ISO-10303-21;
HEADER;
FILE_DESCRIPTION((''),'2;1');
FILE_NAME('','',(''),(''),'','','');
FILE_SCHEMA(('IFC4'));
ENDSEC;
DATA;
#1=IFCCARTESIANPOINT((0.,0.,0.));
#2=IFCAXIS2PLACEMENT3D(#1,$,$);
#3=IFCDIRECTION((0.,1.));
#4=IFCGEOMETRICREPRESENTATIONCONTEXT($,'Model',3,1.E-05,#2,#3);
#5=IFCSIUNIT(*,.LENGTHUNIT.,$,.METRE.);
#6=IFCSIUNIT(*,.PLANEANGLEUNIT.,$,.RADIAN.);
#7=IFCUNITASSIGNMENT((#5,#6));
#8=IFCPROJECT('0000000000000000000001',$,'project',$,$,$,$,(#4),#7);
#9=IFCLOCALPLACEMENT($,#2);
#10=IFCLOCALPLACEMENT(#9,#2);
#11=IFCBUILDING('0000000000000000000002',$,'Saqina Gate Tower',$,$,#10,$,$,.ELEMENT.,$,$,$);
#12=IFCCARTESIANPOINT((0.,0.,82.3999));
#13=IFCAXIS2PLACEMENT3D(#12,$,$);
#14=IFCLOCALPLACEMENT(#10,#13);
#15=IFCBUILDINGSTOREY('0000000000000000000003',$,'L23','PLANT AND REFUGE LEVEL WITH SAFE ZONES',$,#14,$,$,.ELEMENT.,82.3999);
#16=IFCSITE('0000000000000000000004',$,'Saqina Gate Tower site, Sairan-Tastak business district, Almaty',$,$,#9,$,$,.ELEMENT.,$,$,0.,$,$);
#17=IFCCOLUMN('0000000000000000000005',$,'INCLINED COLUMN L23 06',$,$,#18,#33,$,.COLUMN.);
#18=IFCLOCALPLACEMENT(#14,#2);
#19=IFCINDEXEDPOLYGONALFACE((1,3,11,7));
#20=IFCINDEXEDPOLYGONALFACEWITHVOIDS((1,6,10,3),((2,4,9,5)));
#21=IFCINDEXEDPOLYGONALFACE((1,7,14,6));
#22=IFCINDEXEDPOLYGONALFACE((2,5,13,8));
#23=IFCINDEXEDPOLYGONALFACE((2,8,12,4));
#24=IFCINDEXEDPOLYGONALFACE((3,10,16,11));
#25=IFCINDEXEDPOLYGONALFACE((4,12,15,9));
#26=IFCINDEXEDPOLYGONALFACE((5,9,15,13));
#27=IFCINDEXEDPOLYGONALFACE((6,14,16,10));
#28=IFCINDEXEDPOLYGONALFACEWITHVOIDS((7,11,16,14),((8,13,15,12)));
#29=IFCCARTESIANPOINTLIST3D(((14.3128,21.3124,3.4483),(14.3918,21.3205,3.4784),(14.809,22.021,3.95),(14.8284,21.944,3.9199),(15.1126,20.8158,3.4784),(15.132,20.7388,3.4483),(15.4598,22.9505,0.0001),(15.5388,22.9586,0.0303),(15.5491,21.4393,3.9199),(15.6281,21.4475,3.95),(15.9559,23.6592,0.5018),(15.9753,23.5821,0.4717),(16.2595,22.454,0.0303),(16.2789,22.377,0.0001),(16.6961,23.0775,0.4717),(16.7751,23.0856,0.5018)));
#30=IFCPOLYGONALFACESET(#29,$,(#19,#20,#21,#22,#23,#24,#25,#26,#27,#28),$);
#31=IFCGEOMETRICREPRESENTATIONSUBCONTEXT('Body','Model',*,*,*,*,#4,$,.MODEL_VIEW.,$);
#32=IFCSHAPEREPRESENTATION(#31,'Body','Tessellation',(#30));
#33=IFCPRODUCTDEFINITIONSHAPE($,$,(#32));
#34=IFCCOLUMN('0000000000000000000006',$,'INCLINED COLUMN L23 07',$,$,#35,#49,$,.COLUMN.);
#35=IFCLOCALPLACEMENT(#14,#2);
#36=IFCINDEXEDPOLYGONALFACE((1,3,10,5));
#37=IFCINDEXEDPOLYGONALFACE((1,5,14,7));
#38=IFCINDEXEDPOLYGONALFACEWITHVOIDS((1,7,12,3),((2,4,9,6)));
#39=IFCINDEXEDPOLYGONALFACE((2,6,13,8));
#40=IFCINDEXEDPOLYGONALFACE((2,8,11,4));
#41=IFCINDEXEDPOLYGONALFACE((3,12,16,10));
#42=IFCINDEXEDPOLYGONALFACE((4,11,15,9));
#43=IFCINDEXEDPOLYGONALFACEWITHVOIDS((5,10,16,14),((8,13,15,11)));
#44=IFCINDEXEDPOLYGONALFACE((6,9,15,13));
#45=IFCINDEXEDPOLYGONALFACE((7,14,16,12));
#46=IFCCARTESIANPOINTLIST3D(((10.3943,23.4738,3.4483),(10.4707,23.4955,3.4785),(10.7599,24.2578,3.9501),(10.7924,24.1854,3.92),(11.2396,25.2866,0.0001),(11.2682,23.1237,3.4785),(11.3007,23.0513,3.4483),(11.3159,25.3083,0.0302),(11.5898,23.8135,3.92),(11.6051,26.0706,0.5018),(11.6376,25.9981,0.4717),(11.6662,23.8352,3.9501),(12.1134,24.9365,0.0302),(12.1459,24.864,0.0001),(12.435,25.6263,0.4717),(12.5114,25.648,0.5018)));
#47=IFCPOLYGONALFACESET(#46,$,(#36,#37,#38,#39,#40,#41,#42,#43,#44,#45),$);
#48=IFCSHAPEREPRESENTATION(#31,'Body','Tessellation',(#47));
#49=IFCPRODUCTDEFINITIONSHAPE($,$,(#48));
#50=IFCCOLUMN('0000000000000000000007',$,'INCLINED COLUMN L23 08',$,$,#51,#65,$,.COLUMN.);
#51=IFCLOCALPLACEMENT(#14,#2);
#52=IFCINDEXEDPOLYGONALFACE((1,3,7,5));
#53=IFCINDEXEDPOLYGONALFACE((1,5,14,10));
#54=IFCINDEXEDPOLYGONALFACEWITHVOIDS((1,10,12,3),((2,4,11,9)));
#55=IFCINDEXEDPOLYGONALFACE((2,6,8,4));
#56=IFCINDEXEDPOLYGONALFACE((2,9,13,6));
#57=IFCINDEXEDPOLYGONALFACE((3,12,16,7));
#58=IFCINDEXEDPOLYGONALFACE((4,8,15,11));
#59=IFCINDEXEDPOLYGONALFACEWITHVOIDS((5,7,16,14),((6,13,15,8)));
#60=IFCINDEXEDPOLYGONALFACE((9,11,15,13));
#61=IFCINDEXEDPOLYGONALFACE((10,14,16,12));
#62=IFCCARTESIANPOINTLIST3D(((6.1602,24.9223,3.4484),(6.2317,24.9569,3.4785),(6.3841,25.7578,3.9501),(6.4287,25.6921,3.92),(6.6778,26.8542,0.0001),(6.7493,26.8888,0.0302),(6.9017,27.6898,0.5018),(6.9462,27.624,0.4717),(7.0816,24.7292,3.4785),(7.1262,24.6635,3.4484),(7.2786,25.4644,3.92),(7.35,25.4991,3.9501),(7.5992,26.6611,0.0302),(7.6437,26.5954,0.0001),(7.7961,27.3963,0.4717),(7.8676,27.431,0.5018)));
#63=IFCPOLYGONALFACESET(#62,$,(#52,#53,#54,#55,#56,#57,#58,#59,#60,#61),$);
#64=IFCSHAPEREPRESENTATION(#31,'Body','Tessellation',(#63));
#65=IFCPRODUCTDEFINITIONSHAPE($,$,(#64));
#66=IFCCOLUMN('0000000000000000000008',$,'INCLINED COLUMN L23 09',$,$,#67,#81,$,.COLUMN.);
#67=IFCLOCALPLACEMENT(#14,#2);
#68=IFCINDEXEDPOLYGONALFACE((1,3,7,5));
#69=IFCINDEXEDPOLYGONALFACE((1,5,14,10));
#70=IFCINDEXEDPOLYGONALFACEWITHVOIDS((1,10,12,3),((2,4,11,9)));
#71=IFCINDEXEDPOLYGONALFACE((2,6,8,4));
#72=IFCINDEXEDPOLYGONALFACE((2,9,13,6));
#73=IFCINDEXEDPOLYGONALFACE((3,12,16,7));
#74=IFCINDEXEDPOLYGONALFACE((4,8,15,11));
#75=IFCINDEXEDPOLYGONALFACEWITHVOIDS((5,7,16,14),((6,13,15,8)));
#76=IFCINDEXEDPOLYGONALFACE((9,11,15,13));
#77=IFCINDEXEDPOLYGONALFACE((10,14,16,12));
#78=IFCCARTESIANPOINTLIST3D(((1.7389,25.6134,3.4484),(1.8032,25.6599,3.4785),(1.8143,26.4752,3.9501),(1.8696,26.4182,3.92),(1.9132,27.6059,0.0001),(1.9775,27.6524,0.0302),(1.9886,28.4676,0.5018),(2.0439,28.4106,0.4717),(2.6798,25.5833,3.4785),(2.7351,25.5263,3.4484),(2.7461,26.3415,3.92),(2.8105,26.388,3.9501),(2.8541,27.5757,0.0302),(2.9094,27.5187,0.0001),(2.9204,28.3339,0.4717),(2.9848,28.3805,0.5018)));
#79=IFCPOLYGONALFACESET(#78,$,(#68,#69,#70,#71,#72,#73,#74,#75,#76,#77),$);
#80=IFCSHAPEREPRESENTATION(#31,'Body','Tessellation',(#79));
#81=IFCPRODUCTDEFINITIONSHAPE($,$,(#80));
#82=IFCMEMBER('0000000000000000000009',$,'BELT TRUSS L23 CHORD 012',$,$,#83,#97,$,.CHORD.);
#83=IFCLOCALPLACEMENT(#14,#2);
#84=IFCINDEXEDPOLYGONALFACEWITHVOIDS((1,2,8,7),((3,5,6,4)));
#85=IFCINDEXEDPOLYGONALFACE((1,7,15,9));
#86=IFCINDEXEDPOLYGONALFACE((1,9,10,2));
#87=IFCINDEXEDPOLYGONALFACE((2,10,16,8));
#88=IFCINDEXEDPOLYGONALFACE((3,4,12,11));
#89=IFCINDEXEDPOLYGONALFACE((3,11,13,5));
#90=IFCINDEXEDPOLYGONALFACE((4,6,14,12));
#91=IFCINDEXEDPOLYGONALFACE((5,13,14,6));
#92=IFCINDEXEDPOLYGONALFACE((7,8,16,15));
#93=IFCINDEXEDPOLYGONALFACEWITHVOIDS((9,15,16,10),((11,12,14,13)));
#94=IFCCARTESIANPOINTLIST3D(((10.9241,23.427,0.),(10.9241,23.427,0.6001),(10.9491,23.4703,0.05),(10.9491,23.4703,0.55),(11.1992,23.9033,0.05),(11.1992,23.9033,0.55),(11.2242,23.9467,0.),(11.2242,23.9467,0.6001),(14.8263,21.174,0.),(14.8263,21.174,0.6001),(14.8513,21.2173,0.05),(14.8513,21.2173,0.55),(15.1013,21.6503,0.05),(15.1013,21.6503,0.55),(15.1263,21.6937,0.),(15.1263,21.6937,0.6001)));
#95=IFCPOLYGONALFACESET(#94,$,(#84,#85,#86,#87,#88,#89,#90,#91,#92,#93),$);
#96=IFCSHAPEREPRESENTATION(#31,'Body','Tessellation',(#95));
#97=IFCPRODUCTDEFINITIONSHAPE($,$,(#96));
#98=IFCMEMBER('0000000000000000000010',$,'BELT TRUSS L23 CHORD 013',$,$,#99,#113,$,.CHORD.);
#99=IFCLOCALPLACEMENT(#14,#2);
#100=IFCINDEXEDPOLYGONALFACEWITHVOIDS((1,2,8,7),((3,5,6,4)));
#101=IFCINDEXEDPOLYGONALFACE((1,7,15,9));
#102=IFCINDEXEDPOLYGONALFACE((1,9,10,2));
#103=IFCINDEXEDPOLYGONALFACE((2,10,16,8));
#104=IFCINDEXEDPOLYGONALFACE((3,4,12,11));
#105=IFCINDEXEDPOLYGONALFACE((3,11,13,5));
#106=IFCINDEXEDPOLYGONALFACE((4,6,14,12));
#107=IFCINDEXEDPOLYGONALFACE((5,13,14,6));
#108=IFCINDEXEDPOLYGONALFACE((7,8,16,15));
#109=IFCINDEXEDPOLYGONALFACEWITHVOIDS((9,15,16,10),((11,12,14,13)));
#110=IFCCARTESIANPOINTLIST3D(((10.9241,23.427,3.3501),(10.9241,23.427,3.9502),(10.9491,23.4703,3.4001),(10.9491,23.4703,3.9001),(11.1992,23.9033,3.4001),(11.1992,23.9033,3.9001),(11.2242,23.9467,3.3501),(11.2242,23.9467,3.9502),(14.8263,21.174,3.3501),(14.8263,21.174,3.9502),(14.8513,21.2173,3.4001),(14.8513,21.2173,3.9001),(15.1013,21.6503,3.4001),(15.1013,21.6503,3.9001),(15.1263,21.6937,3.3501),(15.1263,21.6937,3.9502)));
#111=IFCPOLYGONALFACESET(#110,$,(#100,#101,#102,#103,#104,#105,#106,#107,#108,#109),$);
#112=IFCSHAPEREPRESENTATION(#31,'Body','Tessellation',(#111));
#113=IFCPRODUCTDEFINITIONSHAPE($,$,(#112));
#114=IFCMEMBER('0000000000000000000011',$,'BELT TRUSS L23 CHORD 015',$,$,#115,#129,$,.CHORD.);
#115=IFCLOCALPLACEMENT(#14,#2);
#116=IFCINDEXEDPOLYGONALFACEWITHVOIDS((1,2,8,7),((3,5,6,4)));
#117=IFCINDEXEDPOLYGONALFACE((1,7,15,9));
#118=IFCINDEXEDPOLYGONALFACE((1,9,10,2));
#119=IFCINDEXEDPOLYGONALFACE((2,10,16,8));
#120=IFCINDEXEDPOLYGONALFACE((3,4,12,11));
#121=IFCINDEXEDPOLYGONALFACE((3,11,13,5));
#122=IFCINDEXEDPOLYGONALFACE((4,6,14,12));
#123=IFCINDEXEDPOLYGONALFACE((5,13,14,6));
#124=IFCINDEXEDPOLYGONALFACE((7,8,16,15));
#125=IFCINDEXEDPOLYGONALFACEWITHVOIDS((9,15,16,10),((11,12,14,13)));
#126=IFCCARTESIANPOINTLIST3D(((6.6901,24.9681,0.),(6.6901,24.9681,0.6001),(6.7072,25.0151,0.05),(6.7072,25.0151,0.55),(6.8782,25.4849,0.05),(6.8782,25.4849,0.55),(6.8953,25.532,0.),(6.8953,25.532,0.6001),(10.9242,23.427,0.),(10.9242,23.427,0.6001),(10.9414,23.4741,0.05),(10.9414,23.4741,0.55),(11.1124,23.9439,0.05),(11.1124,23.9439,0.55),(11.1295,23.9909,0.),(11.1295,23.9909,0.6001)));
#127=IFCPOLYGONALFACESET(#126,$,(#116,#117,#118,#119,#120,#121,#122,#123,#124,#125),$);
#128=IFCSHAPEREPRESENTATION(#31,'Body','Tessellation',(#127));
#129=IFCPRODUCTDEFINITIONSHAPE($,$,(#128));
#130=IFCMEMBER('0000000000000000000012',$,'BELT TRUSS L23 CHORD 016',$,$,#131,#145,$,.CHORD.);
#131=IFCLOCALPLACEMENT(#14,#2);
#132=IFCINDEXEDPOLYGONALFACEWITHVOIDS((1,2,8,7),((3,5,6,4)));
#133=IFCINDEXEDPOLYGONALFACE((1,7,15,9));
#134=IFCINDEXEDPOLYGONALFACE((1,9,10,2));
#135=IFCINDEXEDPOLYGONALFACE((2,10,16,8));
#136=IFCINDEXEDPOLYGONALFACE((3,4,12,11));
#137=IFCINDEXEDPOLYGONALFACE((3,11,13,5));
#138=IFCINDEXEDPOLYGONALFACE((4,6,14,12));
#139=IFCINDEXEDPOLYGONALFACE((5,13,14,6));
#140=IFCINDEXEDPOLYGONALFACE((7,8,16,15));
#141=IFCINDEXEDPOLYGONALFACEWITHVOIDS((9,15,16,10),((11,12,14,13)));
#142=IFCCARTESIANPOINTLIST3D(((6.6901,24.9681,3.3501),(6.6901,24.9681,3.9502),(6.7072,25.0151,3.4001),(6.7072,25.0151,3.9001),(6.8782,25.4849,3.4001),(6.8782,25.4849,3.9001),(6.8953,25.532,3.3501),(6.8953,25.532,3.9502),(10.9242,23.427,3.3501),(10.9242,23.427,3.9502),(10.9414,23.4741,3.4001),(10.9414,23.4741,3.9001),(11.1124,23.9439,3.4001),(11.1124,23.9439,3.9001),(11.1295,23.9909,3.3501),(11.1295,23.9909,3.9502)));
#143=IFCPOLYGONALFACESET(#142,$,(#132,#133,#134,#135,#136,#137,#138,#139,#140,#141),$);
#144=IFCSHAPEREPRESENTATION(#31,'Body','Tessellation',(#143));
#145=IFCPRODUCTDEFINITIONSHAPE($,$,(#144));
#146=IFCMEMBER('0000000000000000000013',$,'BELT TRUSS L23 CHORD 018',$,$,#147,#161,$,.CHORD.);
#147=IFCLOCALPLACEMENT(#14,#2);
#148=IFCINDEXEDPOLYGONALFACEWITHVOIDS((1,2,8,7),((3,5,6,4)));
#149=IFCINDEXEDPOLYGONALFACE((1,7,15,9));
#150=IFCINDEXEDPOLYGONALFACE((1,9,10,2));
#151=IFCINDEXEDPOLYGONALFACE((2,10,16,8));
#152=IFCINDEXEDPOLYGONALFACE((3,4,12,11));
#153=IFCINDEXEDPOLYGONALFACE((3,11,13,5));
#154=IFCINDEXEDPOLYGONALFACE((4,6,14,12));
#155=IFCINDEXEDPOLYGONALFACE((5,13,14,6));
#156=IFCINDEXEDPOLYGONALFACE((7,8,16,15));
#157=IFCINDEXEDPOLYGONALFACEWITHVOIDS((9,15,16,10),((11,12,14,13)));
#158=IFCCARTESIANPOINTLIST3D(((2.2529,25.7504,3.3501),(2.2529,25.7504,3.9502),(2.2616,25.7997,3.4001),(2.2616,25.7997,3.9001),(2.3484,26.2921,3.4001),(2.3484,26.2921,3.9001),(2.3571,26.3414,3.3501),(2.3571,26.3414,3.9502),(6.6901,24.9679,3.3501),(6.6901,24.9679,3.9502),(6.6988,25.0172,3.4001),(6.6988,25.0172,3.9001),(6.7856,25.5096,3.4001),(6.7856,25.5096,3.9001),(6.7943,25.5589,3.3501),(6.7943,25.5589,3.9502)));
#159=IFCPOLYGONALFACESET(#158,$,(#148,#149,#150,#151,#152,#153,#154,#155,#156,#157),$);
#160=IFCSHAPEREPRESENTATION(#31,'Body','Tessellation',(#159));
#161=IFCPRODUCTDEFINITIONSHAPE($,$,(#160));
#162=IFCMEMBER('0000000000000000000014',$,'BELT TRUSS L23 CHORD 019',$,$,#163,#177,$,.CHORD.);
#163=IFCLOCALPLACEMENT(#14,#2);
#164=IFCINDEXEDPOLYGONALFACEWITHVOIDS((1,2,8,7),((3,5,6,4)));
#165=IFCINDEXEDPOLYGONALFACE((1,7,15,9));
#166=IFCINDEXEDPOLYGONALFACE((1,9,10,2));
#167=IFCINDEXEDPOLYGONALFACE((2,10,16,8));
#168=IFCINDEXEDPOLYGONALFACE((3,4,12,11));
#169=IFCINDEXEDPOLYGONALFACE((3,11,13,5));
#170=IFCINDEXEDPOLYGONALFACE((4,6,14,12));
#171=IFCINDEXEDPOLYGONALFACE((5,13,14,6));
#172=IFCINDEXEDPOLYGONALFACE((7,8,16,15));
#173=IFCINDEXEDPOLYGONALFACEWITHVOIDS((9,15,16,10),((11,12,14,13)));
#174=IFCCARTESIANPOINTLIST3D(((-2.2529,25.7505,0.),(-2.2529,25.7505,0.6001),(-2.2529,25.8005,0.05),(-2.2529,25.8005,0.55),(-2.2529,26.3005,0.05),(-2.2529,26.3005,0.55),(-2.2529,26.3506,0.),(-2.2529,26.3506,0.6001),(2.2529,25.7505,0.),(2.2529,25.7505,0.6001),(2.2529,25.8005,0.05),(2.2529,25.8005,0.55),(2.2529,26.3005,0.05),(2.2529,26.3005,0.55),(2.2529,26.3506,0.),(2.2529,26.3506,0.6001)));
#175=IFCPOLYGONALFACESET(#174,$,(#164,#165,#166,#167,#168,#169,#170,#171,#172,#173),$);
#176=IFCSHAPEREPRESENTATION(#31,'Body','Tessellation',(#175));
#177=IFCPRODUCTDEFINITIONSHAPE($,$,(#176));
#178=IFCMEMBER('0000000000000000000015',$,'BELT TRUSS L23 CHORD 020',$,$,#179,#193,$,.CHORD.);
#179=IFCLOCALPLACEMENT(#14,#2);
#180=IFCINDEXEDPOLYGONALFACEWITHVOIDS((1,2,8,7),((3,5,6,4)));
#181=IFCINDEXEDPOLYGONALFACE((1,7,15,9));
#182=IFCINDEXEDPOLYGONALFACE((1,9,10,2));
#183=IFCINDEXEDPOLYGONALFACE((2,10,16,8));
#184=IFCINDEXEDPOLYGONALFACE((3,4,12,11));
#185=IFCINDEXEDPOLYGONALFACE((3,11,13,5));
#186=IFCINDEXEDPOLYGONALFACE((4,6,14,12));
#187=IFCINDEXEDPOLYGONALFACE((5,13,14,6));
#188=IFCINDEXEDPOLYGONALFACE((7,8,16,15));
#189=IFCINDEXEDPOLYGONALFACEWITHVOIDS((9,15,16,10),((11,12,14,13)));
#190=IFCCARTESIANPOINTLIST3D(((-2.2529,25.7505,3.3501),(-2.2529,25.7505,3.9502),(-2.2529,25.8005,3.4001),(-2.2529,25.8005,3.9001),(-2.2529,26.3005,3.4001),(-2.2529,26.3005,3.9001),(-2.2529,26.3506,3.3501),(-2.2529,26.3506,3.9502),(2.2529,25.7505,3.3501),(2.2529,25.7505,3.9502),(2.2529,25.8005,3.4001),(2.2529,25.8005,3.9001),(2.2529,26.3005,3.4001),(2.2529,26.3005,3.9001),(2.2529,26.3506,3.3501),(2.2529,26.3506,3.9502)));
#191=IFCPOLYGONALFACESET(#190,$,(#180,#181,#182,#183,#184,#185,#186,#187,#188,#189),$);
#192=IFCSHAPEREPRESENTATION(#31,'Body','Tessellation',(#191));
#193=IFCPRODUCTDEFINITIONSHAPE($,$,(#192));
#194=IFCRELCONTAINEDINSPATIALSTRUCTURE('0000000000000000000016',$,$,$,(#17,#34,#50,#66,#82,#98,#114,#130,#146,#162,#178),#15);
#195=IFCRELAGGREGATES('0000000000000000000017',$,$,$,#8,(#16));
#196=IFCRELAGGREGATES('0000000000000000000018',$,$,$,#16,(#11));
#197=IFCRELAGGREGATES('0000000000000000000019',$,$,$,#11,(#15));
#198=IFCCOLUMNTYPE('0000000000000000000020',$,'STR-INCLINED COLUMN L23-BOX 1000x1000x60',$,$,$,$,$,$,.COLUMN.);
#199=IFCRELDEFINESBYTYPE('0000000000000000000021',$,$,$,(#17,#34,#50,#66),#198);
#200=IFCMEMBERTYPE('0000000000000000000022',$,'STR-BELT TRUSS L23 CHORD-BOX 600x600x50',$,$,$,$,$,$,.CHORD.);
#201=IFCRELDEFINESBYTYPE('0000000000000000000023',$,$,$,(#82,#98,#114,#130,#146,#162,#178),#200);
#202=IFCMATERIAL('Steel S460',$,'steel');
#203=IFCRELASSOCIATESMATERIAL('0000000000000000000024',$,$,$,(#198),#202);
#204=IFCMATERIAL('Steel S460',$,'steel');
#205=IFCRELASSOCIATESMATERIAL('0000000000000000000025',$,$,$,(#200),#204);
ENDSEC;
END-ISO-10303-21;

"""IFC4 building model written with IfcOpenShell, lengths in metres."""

from ifc_helpers import new_model, si_unit, direction, frame, origin, origin_2d, place, context, subcontext, project, spatial, hollow_rectangle, extrude, material, material_profile, profile_set, type_object, element, save


model = new_model("IFC4")

# Units and contexts
model_context = context("Model", 3, precision=1e-05, world=origin(), true_north=direction((0.0, 1.0)))
body_context = subcontext(model_context, "Body", "Model", "MODEL_VIEW")
ifc_project = project(units=[si_unit("LENGTHUNIT", "METRE"), si_unit("PLANEANGLEUNIT", "RADIAN")], contexts=[model_context])

# Site, building, storey
site_placement = place(None, origin())
site = spatial("IfcSite", under=ifc_project, at=site_placement, Name="Saqina Gate Tower site, Sairan-Tastak business district, Almaty", CompositionType="ELEMENT", RefElevation=0.0)
building_placement = place(site_placement, origin())
building = spatial("IfcBuilding", under=site, at=building_placement, Name="Saqina Gate Tower", CompositionType="ELEMENT")
storey_placement = place(building_placement, frame((0.0, 0.0, 82.3999)))
storey = spatial("IfcBuildingStorey", under=building, at=storey_placement, Name="L23", Description="PLANT AND REFUGE LEVEL WITH SAFE ZONES", CompositionType="ELEMENT", Elevation=82.3999)

# Columns
ifc_material_1 = material(Name="Steel S460", Category="steel")
ifc_material_profile_1 = material_profile(ifc_material_1, hollow_rectangle(XDim=1.0, YDim=1.0, WallThickness=0.0601, at=origin_2d()), Name="BOX 1000x1000x60")
ifc_profile_set_1 = profile_set([ifc_material_profile_1], Name="Steel S460")
column_type = type_object("IfcColumnType", Name="STR-INCLINED COLUMN L23-BOX 1000x1000x60", PredefinedType="COLUMN", material=ifc_profile_set_1)
column_placement = place(storey_placement, frame((16.1174, 23.0181, 0.251), z_axis=(-0.287738, -0.410967, 0.865051), x_axis=(0.819175, -0.573544, 0.0)))
element("IfcColumn", 1, at=column_placement, inside=storey, type_object=column_type, Name="INCLINED COLUMN L23 06", PredefinedType="COLUMN", context=body_context, shape_type="SweptSolid", body=[
    extrude(hollow_rectangle(XDim=1.0, YDim=1.0, WallThickness=0.0601, at=origin_2d()), origin(), (0.0, 0.0, 1.0), 3.9861),
])
for number, where, z_axis, x_axis, name in (
    (2, (11.8755, 25.4673, 0.251), (-0.212028, -0.45474, 0.865017), (0.906323, -0.422585, 0.0), "INCLINED COLUMN L23 07"),
    (3, (7.2727, 27.1426, 0.251), (-0.12984, -0.484633, 0.865027), (0.965934, -0.258787, 0.0), "INCLINED COLUMN L23 08"),
    (4, (2.449, 27.9932, 0.251), (-0.043729, -0.49982, 0.865024), (0.996195, -0.087156, 0.0), "INCLINED COLUMN L23 09"),
):
    element("IfcColumn", number, at=place(storey_placement, frame(where, z_axis=z_axis, x_axis=x_axis)), inside=storey, type_object=column_type, Name=name, PredefinedType="COLUMN", context=body_context, shape_type="SweptSolid", body=[
        extrude(hollow_rectangle(XDim=1.0, YDim=1.0, WallThickness=0.0601, at=origin_2d()), origin(), (0.0, 0.0, 1.0), 3.9863),
    ])

# Members
ifc_material_2 = material(Name="Steel S460", Category="steel")
ifc_material_profile_2 = material_profile(ifc_material_2, hollow_rectangle(XDim=0.6001, YDim=0.6001, WallThickness=0.05, at=origin_2d()), Name="BOX 600x600x50")
ifc_profile_set_2 = profile_set([ifc_material_profile_2], Name="Steel S460")
member_type_1 = type_object("IfcMemberType", Name="STR-BELT TRUSS L23 CHORD-BOX 600x600x50", PredefinedType="CHORD", material=ifc_profile_set_2)
for number, where, z_axis, x_axis, name in (
    (5, (14.9763, 21.4338, 0.3), (-0.86602, 0.500009, 0.0), (-0.500009, -0.86602, 0.0), "BELT TRUSS L23 CHORD 012"),
    (6, (14.9763, 21.4338, 3.6501), (-0.86602, 0.500009, 0.0), (-0.500009, -0.86602, 0.0), "BELT TRUSS L23 CHORD 013"),
    (7, (11.0269, 23.709, 0.3), (-0.939698, 0.342004, 0.0), (-0.342004, -0.939698, 0.0), "BELT TRUSS L23 CHORD 015"),
    (8, (11.0269, 23.709, 3.6501), (-0.939698, 0.342004, 0.0), (-0.342004, -0.939698, 0.0), "BELT TRUSS L23 CHORD 016"),
):
    element("IfcMember", number, at=place(storey_placement, frame(where, z_axis=z_axis, x_axis=x_axis)), inside=storey, type_object=member_type_1, Name=name, PredefinedType="CHORD", context=body_context, shape_type="SweptSolid", body=[
        extrude(hollow_rectangle(XDim=0.6001, YDim=0.6001, WallThickness=0.05, at=origin_2d()), origin(), (0.0, 0.0, 1.0), 4.5059),
    ])
member_1_placement = place(storey_placement, frame((6.7422, 25.2634, 3.6501), z_axis=(-0.984805, 0.173662, 0.0), x_axis=(-0.173662, -0.984805, 0.0)))
element("IfcMember", 9, at=member_1_placement, inside=storey, type_object=member_type_1, Name="BELT TRUSS L23 CHORD 018", PredefinedType="CHORD", context=body_context, shape_type="SweptSolid", body=[
    extrude(hollow_rectangle(XDim=0.6001, YDim=0.6001, WallThickness=0.05, at=origin_2d()), origin(), (0.0, 0.0, 1.0), 4.5056),
])
for number, where, z_axis, x_axis, name in (
    (10, (2.2529, 26.0505, 0.3), (-1.0, 0.0, 0.0), (0.0, -1.0, 0.0), "BELT TRUSS L23 CHORD 019"),
    (11, (2.2529, 26.0505, 3.6501), (-1.0, 0.0, 0.0), (0.0, -1.0, 0.0), "BELT TRUSS L23 CHORD 020"),
):
    element("IfcMember", number, at=place(storey_placement, frame(where, z_axis=z_axis, x_axis=x_axis)), inside=storey, type_object=member_type_1, Name=name, PredefinedType="CHORD", context=body_context, shape_type="SweptSolid", body=[
        extrude(hollow_rectangle(XDim=0.6001, YDim=0.6001, WallThickness=0.05, at=origin_2d()), origin(), (0.0, 0.0, 1.0), 4.5059),
    ])

save(model, "model.ifc")
